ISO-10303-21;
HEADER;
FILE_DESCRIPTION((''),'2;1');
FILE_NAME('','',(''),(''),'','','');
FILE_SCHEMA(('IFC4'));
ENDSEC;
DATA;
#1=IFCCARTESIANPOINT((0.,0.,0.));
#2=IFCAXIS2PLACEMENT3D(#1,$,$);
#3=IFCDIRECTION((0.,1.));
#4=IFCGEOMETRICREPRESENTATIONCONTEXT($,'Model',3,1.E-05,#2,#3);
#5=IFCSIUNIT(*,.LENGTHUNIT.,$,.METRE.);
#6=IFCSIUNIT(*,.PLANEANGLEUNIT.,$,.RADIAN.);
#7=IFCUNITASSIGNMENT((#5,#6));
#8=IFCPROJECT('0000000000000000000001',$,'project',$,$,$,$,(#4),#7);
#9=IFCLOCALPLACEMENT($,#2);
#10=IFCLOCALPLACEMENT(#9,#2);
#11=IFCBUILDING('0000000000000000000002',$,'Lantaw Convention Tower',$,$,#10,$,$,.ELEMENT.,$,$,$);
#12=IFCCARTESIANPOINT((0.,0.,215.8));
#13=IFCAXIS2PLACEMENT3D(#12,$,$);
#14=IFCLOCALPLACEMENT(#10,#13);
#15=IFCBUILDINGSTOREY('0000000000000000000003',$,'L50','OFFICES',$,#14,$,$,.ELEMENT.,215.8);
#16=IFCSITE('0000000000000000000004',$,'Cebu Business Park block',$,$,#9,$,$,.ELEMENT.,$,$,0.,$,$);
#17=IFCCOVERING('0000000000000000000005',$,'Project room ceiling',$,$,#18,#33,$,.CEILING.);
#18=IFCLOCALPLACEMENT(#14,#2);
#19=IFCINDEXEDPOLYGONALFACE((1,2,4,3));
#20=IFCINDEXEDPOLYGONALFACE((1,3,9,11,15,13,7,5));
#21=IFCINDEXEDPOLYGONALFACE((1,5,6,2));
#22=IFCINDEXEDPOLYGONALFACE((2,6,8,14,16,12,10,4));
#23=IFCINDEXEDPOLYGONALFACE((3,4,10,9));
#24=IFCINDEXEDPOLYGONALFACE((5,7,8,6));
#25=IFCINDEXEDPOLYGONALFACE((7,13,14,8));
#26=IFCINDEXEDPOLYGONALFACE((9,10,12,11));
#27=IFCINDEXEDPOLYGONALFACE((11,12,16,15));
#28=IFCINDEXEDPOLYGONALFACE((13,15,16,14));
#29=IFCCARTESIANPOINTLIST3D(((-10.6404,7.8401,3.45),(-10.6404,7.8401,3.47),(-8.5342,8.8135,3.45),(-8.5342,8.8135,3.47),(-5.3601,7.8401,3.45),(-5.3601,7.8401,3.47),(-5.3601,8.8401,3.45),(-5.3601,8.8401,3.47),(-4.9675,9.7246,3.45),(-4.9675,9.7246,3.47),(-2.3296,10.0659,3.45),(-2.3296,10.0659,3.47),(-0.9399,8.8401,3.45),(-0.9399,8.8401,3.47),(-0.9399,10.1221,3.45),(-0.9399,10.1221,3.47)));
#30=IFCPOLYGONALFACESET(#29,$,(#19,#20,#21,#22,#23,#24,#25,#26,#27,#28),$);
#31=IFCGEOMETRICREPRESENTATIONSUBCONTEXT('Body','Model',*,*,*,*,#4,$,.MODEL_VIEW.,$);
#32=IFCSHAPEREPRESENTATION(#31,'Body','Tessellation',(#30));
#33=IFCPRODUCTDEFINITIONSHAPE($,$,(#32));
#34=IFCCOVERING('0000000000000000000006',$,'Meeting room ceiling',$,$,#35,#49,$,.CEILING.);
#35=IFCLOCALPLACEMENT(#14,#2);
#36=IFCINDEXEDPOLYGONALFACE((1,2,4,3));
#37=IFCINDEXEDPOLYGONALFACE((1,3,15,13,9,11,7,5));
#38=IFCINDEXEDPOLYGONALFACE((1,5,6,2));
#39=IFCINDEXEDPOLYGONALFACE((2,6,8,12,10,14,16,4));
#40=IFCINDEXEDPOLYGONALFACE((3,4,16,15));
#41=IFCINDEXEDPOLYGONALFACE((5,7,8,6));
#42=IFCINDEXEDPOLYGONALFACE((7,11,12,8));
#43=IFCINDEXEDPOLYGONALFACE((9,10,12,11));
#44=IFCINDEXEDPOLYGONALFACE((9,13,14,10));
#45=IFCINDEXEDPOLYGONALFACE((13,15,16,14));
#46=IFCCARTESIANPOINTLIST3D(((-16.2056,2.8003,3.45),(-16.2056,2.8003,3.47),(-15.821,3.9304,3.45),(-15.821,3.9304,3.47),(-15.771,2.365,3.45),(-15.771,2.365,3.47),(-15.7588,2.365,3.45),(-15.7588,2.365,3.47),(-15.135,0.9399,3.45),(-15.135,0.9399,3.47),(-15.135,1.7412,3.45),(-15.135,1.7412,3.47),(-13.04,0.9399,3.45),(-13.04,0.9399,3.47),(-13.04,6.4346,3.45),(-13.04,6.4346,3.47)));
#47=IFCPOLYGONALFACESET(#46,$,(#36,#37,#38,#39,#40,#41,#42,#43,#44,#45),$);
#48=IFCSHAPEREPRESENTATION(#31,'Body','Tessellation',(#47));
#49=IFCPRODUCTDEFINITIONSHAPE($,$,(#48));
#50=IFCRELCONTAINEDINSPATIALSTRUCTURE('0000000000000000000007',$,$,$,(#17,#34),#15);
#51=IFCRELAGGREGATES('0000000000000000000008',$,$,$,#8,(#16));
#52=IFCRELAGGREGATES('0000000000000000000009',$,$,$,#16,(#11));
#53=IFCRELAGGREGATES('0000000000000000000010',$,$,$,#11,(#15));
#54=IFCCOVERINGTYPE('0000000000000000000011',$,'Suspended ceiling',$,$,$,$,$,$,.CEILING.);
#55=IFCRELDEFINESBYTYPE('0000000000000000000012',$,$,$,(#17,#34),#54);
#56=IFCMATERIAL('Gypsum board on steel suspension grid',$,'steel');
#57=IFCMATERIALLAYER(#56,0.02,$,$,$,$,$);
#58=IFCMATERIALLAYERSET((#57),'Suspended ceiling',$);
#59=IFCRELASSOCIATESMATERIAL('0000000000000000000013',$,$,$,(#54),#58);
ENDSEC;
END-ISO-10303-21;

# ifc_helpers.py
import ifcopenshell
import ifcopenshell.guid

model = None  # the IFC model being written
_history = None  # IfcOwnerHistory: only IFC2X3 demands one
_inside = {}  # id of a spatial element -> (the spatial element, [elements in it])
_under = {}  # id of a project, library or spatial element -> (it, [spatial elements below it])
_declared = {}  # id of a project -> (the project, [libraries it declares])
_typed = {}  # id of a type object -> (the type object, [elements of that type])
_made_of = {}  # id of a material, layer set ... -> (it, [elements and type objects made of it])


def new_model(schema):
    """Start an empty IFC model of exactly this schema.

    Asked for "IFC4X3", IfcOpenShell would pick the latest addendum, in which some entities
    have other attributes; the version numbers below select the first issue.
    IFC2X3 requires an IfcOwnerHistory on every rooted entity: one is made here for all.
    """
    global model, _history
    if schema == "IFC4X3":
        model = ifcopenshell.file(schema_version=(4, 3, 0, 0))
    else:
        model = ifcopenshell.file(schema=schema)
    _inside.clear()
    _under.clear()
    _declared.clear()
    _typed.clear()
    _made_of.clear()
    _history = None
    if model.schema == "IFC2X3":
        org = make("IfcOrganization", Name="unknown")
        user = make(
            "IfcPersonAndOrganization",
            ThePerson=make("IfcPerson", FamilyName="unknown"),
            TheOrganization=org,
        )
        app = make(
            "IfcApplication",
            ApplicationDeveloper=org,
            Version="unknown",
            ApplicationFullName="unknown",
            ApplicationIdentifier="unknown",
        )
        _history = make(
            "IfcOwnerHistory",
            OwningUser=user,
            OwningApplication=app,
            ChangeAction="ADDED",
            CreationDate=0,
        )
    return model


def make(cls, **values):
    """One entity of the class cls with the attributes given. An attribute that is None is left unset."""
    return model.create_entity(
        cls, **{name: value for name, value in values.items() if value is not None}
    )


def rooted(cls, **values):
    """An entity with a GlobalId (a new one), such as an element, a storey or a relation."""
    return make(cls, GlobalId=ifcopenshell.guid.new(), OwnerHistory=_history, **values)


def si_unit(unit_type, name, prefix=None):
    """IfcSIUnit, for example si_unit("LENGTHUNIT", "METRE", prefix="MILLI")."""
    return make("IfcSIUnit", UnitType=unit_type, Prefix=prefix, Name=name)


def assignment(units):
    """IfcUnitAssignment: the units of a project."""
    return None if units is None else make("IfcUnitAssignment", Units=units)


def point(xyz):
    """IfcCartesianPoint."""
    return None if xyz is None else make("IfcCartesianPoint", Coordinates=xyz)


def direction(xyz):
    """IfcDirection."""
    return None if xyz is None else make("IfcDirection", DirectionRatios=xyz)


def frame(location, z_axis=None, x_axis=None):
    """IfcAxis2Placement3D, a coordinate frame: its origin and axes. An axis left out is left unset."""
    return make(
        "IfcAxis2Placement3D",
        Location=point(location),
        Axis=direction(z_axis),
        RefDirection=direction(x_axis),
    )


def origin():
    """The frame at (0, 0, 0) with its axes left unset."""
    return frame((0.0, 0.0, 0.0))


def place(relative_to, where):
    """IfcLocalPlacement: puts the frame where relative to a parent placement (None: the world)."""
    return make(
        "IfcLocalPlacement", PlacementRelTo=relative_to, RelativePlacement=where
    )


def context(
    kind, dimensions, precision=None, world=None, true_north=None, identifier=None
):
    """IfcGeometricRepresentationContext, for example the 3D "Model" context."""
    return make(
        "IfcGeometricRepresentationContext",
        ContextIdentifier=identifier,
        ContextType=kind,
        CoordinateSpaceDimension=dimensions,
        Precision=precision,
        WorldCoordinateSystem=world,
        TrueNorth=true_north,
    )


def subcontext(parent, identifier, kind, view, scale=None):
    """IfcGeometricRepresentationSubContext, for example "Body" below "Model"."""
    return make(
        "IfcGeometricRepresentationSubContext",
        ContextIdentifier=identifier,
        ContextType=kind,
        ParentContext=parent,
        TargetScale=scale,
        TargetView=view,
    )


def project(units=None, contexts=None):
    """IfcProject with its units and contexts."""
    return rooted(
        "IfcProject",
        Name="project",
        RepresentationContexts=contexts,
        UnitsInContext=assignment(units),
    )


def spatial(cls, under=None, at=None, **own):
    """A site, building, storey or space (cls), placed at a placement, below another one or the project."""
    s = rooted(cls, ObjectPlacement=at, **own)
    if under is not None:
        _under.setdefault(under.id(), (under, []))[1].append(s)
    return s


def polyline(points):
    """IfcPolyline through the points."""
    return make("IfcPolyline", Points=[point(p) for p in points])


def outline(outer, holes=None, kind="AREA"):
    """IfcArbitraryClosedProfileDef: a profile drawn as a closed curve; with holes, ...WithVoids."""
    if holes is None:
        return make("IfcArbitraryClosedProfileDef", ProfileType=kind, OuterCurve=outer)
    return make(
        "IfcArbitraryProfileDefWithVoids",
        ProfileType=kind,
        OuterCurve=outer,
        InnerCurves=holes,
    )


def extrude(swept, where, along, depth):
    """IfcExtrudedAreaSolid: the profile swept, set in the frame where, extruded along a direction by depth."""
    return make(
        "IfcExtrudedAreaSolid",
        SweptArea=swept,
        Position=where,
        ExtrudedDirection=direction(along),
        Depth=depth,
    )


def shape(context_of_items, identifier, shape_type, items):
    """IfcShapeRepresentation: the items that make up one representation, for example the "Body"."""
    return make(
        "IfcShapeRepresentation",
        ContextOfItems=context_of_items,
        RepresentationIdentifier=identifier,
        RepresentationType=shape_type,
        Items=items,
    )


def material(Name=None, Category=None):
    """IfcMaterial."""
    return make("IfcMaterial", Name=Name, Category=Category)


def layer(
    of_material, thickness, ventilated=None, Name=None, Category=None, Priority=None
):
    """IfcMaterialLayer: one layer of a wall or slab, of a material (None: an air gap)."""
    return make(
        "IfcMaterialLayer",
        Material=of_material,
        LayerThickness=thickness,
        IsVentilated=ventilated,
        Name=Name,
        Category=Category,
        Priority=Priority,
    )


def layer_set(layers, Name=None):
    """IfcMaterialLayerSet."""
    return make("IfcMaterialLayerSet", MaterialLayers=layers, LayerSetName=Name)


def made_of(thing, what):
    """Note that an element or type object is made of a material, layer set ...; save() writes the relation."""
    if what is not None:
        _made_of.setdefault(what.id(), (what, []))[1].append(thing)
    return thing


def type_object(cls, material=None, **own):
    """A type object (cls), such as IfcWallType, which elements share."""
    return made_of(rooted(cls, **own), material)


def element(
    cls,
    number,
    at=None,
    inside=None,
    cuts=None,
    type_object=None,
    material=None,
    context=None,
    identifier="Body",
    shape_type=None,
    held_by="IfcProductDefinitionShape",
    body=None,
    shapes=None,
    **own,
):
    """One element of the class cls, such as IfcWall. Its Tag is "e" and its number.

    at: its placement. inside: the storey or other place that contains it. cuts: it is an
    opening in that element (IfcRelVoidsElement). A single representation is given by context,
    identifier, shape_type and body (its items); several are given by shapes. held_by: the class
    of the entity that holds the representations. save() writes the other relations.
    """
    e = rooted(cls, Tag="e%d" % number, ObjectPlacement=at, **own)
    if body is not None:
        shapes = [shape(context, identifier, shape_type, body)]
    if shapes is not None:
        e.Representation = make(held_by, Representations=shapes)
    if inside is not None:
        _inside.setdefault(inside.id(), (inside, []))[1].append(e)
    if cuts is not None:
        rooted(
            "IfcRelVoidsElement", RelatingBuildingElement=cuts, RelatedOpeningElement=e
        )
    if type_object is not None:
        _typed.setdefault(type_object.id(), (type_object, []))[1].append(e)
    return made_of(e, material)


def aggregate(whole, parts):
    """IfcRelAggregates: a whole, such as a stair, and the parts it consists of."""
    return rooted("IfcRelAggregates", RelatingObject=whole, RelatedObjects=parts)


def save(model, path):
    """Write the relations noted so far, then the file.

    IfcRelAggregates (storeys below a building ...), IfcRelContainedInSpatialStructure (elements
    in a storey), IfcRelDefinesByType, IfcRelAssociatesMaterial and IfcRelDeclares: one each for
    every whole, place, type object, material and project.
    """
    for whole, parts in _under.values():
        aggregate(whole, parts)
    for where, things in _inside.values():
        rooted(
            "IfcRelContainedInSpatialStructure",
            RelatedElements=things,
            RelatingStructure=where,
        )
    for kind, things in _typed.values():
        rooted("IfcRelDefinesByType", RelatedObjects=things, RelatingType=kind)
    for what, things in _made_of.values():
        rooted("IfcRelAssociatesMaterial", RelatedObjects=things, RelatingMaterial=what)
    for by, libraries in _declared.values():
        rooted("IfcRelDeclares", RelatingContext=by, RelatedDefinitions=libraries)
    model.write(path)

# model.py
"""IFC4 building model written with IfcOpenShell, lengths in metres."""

from ifc_helpers import new_model, si_unit, direction, frame, origin, place, context, subcontext, project, spatial, polyline, outline, extrude, material, layer, layer_set, type_object, element, save


model = new_model("IFC4")

# Units and contexts
model_context = context("Model", 3, precision=1e-05, world=origin(), true_north=direction((0.0, 1.0)))
body_context = subcontext(model_context, "Body", "Model", "MODEL_VIEW")
ifc_project = project(units=[si_unit("LENGTHUNIT", "METRE"), si_unit("PLANEANGLEUNIT", "RADIAN")], contexts=[model_context])

# Site, building, storey
site_placement = place(None, origin())
site = spatial("IfcSite", under=ifc_project, at=site_placement, Name="Cebu Business Park block", CompositionType="ELEMENT", RefElevation=0.0)
building_placement = place(site_placement, origin())
building = spatial("IfcBuilding", under=site, at=building_placement, Name="Lantaw Convention Tower", CompositionType="ELEMENT")
storey_placement = place(building_placement, frame((0.0, 0.0, 215.8)))
storey = spatial("IfcBuildingStorey", under=building, at=storey_placement, Name="L50", Description="OFFICES", CompositionType="ELEMENT", Elevation=215.8)

# Coverings
ifc_material_1 = material(Name="Gypsum board on steel suspension grid", Category="steel")
ifc_layer_1 = layer(ifc_material_1, 0.02)
ifc_layer_set_1 = layer_set([ifc_layer_1], Name="Suspended ceiling")
covering_type = type_object("IfcCoveringType", Name="Suspended ceiling", PredefinedType="CEILING", material=ifc_layer_set_1)
covering_1_placement = place(storey_placement, frame((0.0, 0.0, 3.45)))
element("IfcCovering", 1, at=covering_1_placement, inside=storey, type_object=covering_type, Name="Project room ceiling", PredefinedType="CEILING", context=body_context, shape_type="SweptSolid", body=[
    extrude(outline(polyline([(-10.6404, 7.8401), (-5.3601, 7.8401), (-5.3601, 8.8401), (-0.9399, 8.8401), (-0.9399, 10.1221), (-2.3296, 10.0659), (-4.9675, 9.7246), (-8.5342, 8.8135), (-10.6404, 7.8401)])), origin(), (0.0, 0.0, 1.0), 0.02),
])
covering_2_placement = place(storey_placement, frame((0.0, 0.0, 3.45)))
element("IfcCovering", 2, at=covering_2_placement, inside=storey, type_object=covering_type, Name="Meeting room ceiling", PredefinedType="CEILING", context=body_context, shape_type="SweptSolid", body=[
    extrude(outline(polyline([(-15.771, 2.365), (-15.7588, 2.365), (-15.135, 1.7412), (-15.135, 0.9399), (-13.04, 0.9399), (-13.04, 6.4346), (-15.821, 3.9304), (-16.2056, 2.8003), (-15.771, 2.365)])), origin(), (0.0, 0.0, 1.0), 0.02),
])

save(model, "model.ifc")
